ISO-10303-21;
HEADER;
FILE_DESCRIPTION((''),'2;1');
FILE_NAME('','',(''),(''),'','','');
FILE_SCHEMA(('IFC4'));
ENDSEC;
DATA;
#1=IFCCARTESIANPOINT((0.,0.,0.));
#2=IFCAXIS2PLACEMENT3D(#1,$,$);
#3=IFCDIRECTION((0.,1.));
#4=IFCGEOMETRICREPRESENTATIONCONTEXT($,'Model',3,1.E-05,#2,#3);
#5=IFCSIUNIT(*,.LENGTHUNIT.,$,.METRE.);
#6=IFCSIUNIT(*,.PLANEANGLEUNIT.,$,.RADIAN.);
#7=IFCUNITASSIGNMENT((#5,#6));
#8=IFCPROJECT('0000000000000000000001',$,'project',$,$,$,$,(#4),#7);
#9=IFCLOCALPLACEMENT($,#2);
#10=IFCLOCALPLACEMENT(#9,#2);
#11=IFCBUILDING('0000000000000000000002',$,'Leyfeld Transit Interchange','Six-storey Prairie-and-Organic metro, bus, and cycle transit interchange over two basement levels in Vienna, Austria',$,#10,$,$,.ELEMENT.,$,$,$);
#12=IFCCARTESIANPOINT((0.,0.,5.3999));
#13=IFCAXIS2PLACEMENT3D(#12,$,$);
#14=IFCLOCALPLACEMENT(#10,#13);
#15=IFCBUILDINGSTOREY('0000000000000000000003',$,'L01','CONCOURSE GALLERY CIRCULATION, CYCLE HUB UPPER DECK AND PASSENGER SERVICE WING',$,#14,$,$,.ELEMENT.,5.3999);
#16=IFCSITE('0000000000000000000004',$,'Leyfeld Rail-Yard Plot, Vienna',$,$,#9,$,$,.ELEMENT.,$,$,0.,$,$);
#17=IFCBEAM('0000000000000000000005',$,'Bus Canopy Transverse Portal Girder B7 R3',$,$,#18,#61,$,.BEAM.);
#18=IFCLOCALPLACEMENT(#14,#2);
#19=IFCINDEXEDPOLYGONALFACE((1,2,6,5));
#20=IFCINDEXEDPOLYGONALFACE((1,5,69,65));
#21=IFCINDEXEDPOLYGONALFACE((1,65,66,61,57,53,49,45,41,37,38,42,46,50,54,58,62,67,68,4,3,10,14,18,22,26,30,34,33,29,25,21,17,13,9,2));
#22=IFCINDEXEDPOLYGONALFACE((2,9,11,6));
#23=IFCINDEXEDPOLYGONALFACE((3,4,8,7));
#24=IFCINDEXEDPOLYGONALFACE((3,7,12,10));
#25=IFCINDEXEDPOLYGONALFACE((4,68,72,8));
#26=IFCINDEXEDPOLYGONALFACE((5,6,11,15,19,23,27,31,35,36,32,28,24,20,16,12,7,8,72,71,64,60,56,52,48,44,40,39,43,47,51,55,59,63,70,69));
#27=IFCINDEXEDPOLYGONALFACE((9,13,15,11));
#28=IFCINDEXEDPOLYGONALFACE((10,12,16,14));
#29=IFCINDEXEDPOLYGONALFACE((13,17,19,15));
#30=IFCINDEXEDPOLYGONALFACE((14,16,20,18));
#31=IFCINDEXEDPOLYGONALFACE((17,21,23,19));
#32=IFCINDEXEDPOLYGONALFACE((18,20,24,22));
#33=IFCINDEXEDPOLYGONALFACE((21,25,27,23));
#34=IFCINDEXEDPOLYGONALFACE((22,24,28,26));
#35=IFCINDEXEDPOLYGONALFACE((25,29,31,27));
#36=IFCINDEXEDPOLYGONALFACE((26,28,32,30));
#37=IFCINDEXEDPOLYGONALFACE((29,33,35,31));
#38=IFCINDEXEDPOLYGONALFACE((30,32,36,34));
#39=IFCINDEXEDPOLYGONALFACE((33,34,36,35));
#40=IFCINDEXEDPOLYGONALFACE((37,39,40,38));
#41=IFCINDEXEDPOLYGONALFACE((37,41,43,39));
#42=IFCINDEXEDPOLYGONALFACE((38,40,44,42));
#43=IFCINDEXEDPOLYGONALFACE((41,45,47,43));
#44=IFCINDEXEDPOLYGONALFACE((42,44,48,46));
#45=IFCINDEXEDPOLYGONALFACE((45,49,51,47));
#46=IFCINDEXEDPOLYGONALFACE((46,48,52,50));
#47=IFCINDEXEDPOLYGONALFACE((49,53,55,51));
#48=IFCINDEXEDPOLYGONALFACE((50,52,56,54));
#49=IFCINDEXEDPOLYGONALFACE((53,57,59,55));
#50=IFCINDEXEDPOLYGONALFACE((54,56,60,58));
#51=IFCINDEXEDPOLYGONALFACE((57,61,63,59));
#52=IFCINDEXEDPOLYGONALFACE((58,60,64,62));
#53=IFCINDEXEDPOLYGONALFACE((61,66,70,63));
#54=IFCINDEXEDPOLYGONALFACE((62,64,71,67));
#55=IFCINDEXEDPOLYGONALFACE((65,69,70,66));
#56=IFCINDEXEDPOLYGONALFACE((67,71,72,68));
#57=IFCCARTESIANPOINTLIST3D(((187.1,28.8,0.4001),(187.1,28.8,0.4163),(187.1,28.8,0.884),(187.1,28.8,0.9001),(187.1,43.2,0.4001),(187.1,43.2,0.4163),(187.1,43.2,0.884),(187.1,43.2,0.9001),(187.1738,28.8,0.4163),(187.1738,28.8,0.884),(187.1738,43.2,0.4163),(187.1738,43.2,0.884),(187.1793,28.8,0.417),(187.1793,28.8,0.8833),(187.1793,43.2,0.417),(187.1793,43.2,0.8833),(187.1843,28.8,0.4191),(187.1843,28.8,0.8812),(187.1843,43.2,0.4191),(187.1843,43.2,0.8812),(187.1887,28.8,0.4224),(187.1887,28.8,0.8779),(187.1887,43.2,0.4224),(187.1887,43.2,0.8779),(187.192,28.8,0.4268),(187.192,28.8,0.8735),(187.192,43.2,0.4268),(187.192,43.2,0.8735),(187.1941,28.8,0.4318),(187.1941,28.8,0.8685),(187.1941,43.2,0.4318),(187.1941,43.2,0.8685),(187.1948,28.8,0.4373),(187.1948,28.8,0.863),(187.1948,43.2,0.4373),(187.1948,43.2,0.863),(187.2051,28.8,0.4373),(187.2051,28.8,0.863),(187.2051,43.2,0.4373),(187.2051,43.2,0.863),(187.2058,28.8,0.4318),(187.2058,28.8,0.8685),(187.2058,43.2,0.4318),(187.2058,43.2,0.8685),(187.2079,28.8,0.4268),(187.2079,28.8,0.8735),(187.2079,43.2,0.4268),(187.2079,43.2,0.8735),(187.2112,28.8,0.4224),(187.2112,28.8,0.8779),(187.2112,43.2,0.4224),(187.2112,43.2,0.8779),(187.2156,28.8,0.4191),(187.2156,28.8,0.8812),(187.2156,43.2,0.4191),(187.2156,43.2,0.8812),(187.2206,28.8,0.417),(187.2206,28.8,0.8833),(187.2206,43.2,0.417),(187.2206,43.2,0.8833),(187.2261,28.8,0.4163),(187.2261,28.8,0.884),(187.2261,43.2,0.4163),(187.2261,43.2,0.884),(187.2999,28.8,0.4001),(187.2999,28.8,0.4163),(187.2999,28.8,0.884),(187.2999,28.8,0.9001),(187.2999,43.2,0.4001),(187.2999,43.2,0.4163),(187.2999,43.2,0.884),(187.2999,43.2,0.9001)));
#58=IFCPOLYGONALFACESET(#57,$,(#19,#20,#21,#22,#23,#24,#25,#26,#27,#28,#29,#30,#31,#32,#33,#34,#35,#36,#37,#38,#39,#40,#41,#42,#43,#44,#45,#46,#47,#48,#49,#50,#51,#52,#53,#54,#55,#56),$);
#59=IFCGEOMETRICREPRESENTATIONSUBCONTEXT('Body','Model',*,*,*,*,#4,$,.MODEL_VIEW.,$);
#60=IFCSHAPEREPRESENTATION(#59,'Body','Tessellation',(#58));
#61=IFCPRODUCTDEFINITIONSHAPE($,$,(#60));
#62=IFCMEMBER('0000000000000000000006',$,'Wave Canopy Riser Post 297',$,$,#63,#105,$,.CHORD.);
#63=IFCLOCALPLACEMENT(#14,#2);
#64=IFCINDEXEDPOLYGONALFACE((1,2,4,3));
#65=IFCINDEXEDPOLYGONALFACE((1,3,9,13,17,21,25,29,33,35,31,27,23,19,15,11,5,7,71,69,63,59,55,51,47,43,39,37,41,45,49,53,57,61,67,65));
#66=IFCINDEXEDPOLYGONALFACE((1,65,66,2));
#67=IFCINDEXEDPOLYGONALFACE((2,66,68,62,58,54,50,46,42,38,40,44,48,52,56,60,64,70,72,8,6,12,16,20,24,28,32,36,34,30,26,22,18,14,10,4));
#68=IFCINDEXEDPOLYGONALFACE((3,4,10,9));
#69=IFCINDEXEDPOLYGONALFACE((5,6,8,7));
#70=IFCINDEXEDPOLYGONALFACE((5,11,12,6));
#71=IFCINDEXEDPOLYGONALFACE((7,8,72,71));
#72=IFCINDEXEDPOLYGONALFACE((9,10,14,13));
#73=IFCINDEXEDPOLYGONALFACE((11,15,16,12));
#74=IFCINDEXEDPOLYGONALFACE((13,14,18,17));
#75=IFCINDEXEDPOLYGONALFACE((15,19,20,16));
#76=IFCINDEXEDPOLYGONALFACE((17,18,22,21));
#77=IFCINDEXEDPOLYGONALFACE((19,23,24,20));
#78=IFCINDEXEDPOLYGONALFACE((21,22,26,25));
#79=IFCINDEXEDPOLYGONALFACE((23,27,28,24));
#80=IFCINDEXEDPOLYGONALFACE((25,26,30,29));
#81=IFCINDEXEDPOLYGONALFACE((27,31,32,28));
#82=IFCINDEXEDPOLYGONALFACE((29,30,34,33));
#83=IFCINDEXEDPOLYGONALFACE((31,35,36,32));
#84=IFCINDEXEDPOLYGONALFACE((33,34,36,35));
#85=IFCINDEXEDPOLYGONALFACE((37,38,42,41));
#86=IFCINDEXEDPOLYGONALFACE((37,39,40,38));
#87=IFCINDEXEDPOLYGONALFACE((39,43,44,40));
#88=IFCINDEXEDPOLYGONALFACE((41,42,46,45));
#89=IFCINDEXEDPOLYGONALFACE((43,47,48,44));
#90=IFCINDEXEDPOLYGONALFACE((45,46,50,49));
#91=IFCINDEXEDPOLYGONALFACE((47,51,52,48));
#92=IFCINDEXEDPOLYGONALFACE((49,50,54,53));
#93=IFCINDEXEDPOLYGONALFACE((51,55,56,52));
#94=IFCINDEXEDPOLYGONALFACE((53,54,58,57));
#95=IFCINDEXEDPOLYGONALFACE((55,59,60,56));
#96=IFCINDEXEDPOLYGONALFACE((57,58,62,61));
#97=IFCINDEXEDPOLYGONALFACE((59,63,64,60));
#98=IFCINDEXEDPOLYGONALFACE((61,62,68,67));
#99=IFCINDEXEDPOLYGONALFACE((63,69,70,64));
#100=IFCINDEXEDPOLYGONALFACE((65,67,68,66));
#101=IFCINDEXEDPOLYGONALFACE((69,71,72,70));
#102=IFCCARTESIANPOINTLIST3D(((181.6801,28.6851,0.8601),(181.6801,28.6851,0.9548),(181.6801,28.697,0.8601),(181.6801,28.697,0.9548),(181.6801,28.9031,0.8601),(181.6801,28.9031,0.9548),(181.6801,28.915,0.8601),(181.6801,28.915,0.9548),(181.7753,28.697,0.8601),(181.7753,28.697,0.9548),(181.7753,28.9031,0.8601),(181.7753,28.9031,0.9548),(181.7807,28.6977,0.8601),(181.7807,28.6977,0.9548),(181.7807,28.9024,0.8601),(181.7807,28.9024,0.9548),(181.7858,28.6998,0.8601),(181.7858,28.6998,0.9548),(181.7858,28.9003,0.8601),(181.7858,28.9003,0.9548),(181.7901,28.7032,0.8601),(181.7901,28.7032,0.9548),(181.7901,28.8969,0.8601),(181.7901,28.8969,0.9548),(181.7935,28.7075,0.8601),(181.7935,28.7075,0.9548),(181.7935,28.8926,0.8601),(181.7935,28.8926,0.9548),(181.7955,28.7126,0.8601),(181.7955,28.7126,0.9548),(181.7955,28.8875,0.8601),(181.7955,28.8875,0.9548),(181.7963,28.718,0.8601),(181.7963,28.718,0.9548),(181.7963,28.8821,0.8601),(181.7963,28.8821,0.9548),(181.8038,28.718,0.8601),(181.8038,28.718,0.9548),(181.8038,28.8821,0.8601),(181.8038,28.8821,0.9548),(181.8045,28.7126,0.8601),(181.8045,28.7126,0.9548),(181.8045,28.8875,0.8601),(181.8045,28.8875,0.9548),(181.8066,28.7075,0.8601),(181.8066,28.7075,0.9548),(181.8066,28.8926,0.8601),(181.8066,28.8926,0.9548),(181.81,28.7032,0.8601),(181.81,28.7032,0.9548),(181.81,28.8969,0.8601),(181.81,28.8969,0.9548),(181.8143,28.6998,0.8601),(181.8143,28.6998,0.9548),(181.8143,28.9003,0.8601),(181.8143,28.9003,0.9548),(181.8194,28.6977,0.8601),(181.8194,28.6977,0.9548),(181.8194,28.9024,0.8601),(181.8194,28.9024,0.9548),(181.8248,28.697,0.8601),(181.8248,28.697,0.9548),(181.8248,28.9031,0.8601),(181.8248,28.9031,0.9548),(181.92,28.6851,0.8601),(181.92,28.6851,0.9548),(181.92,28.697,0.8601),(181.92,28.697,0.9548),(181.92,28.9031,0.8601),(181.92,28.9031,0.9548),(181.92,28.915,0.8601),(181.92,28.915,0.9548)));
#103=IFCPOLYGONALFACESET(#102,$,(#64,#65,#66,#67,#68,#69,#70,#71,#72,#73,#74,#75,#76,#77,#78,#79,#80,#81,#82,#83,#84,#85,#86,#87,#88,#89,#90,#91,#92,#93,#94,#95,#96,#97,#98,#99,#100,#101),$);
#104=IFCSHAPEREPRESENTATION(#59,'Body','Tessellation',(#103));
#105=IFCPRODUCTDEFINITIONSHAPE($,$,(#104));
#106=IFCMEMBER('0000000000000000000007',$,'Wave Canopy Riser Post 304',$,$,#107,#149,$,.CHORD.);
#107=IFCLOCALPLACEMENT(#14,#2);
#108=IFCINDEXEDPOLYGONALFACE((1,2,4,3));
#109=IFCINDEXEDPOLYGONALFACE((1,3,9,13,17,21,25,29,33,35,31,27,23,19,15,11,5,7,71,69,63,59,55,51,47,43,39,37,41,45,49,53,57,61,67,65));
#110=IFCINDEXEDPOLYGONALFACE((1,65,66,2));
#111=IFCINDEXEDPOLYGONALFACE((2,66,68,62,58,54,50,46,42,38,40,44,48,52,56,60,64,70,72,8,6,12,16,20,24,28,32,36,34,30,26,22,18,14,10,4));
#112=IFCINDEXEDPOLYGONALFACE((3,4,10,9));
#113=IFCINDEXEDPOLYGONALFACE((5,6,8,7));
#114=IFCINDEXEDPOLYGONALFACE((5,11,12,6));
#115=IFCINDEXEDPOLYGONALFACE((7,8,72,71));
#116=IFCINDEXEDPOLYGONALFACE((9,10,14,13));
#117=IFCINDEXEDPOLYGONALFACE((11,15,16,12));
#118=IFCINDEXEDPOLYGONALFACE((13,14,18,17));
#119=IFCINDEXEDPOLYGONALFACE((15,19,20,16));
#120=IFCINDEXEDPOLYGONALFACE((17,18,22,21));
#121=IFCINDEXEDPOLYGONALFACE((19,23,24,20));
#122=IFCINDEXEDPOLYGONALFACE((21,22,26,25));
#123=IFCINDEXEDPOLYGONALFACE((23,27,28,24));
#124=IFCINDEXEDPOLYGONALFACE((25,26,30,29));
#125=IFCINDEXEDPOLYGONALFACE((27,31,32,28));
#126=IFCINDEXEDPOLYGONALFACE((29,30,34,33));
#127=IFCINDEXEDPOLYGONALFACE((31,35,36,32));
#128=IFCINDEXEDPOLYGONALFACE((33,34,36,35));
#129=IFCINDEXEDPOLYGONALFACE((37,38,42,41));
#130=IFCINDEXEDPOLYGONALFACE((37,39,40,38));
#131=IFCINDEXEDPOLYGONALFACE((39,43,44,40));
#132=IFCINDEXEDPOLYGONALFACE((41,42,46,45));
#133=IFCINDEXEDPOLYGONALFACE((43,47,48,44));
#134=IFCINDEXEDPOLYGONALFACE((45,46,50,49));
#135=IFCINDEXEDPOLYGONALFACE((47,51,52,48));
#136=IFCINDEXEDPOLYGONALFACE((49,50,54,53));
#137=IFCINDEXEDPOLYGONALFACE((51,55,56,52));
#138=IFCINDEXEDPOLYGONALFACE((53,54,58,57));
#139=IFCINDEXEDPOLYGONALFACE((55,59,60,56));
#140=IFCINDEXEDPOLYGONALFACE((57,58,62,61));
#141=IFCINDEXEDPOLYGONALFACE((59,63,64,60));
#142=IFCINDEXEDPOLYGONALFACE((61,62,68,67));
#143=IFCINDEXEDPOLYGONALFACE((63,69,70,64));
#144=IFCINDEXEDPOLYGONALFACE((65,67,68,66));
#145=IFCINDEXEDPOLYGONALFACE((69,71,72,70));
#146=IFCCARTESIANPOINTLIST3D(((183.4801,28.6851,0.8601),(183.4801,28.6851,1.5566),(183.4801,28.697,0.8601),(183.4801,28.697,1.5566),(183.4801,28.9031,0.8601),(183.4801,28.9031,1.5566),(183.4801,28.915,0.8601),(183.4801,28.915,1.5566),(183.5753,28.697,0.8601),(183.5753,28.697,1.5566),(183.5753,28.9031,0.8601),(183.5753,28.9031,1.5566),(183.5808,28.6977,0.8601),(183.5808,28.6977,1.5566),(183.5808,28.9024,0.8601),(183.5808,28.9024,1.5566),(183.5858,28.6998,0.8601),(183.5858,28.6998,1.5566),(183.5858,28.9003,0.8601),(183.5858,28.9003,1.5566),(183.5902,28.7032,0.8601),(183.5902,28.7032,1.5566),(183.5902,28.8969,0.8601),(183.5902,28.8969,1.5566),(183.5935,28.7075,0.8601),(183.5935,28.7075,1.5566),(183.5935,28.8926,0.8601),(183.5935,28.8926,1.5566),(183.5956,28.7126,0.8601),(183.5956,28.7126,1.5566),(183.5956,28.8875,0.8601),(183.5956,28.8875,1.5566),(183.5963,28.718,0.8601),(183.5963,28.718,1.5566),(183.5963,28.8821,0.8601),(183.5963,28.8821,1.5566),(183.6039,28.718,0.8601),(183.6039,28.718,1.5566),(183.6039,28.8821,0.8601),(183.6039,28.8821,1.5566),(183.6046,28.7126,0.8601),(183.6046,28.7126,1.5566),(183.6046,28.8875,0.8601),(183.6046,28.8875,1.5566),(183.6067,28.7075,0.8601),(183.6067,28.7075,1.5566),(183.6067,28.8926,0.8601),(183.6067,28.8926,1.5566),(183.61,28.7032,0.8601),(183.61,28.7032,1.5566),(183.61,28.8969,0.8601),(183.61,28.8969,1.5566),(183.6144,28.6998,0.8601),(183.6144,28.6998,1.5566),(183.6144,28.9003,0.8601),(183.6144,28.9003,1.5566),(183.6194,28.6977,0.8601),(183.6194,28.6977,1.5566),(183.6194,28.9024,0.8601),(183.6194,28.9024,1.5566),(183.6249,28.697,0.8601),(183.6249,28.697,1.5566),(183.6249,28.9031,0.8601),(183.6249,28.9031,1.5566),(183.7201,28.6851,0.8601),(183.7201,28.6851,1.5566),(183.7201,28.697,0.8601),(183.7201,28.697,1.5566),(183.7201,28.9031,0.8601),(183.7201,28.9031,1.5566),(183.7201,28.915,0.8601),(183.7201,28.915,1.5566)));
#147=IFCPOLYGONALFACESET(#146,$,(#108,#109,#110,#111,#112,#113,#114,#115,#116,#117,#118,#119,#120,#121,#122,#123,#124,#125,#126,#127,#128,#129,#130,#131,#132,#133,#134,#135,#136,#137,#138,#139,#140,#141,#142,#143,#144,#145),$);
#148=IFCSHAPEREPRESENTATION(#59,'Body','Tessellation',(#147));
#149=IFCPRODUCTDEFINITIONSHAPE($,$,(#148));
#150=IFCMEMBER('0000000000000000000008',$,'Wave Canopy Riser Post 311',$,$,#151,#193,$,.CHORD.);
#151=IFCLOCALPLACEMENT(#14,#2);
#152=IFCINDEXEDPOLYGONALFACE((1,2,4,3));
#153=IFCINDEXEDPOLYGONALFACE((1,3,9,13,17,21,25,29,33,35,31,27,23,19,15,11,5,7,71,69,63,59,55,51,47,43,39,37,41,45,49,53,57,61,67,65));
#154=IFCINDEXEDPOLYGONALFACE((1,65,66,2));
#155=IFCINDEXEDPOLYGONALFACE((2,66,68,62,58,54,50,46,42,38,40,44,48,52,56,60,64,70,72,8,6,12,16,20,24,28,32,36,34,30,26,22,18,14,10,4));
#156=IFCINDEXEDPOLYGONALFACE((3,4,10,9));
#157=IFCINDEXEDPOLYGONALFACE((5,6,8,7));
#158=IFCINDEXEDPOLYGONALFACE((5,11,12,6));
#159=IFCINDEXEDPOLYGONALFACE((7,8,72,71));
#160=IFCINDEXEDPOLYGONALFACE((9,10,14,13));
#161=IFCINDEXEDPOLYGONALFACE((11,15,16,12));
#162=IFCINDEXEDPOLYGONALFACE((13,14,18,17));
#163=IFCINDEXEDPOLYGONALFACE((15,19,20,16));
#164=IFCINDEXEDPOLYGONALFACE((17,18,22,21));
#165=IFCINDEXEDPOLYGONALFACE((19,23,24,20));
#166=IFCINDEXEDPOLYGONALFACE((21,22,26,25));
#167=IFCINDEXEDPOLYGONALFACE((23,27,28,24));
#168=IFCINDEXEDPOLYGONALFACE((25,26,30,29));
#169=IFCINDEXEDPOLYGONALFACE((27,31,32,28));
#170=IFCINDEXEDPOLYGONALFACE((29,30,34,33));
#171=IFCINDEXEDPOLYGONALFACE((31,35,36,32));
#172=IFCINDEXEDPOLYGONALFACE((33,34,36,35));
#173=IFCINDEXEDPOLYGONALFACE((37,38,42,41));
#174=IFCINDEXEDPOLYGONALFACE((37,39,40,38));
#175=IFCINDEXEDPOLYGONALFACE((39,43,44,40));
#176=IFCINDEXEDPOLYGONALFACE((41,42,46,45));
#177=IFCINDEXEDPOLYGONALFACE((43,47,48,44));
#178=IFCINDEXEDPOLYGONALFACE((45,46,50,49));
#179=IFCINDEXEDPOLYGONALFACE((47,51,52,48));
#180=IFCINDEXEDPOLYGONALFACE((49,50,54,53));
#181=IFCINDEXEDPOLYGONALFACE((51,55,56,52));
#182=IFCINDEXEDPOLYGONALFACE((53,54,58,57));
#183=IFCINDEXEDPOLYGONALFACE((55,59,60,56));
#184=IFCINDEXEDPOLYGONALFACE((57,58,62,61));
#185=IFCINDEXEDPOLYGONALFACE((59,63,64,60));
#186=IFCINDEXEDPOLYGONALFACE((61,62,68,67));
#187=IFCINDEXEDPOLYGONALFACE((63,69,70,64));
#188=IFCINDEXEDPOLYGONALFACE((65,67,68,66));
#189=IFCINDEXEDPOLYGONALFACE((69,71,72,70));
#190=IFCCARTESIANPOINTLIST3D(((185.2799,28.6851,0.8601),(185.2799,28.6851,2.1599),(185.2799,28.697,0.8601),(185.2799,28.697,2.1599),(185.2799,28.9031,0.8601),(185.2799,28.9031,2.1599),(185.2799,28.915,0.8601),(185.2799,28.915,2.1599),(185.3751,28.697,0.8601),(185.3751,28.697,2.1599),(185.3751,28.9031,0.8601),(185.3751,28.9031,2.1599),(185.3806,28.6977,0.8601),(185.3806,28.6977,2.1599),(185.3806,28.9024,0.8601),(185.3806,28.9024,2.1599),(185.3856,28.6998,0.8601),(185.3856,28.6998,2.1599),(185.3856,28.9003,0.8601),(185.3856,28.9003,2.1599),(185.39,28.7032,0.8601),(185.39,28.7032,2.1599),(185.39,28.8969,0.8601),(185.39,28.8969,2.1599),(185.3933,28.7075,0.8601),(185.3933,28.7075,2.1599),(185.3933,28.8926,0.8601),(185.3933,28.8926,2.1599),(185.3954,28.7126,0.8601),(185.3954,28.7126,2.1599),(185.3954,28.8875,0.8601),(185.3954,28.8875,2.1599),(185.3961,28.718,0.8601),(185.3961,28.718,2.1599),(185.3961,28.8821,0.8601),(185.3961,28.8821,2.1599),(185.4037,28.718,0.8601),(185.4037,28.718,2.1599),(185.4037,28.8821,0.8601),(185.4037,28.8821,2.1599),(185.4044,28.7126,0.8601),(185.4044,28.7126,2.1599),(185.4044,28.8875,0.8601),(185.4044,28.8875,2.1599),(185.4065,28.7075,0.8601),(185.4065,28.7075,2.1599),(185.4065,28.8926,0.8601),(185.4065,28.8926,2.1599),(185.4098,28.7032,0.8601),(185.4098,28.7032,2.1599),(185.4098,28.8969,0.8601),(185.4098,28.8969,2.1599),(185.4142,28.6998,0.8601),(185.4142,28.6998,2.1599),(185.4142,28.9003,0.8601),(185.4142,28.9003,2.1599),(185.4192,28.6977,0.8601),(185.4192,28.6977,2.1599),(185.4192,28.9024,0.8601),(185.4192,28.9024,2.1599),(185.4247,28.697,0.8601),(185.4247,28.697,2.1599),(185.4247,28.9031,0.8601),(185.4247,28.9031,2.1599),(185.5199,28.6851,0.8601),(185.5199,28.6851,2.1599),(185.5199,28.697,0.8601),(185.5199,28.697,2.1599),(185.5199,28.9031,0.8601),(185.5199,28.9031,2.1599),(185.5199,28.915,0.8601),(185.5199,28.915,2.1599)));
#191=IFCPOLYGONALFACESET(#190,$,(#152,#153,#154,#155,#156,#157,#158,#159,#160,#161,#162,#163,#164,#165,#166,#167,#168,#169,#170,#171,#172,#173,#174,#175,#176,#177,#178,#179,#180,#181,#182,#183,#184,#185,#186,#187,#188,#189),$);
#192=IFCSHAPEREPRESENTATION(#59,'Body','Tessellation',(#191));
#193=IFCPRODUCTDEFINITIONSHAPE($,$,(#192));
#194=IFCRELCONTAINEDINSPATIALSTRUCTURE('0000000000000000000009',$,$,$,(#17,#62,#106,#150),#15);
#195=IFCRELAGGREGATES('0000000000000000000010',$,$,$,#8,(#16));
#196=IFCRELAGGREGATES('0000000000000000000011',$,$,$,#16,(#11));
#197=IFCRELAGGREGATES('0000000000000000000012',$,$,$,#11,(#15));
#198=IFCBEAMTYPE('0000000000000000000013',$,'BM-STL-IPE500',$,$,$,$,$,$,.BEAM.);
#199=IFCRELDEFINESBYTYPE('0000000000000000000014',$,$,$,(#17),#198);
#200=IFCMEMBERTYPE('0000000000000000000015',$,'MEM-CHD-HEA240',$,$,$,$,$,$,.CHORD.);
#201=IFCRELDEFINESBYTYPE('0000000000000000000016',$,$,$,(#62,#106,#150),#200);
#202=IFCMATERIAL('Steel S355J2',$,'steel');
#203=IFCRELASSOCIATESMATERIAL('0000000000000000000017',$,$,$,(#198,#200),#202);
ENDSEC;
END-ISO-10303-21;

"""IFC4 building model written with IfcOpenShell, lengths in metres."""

from ifc_helpers import new_model, si_unit, direction, frame, origin, origin_2d, place, context, subcontext, project, spatial, i_section, extrude, material, material_profile, profile_set, type_object, element, save


model = new_model("IFC4")

# Units and contexts
model_context = context("Model", 3, precision=1e-05, world=origin(), true_north=direction((0.0, 1.0)))
body_context = subcontext(model_context, "Body", "Model", "MODEL_VIEW")
ifc_project = project(units=[si_unit("LENGTHUNIT", "METRE"), si_unit("PLANEANGLEUNIT", "RADIAN")], contexts=[model_context])

# Site, building, storey
site_placement = place(None, origin())
site = spatial("IfcSite", under=ifc_project, at=site_placement, Name="Leyfeld Rail-Yard Plot, Vienna", CompositionType="ELEMENT", RefElevation=0.0)
building_placement = place(site_placement, origin())
building = spatial("IfcBuilding", under=site, at=building_placement, Name="Leyfeld Transit Interchange", Description="Six-storey Prairie-and-Organic metro, bus, and cycle transit interchange over two basement levels in Vienna, Austria", CompositionType="ELEMENT")
storey_placement = place(building_placement, frame((0.0, 0.0, 5.3999)))
storey = spatial("IfcBuildingStorey", under=building, at=storey_placement, Name="L01", Description="CONCOURSE GALLERY CIRCULATION, CYCLE HUB UPPER DECK AND PASSENGER SERVICE WING", CompositionType="ELEMENT", Elevation=5.3999)

# Beam
ifc_material_1 = material(Name="Steel S355J2", Category="steel")
ifc_material_profile_1 = material_profile(ifc_material_1, i_section(OverallWidth=0.2, OverallDepth=0.5, WebThickness=0.0103, FlangeThickness=0.0161, FilletRadius=0.021, at=origin_2d()), Name="IPE 500")
ifc_profile_set_1 = profile_set([ifc_material_profile_1], Name="Steel S355J2")
beam_type = type_object("IfcBeamType", Name="BM-STL-IPE500", PredefinedType="BEAM", material=ifc_profile_set_1)
beam_placement = place(storey_placement, frame((187.2, 28.8, 0.6501), z_axis=(0.0, 1.0, 0.0), x_axis=(-1.0, 0.0, 0.0)))
element("IfcBeam", 1, at=beam_placement, inside=storey, type_object=beam_type, Name="Bus Canopy Transverse Portal Girder B7 R3", PredefinedType="BEAM", context=body_context, shape_type="SweptSolid", body=[
    extrude(i_section(OverallWidth=0.2, OverallDepth=0.5, WebThickness=0.0103, FlangeThickness=0.0161, FilletRadius=0.021, at=origin_2d()), origin(), (0.0, 0.0, 1.0), 14.3999),
])

# Members
ifc_material_profile_2 = material_profile(ifc_material_1, i_section(OverallWidth=0.24, OverallDepth=0.23, WebThickness=0.0076, FlangeThickness=0.012, FilletRadius=0.021, at=origin_2d()), Name="HEA 240")
ifc_profile_set_2 = profile_set([ifc_material_profile_2], Name="Steel S355J2")
member_type_1 = type_object("IfcMemberType", Name="MEM-CHD-HEA240", PredefinedType="CHORD", material=ifc_profile_set_2)
member_1_placement = place(storey_placement, frame((181.8, 28.8, 0.8601), z_axis=(0.0, 0.0, 1.0), x_axis=(1.0, 0.0, 0.0)))
element("IfcMember", 2, at=member_1_placement, inside=storey, type_object=member_type_1, Name="Wave Canopy Riser Post 297", PredefinedType="CHORD", context=body_context, shape_type="SweptSolid", body=[
    extrude(i_section(OverallWidth=0.24, OverallDepth=0.23, WebThickness=0.0076, FlangeThickness=0.012, FilletRadius=0.021, at=origin_2d()), origin(), (0.0, 0.0, 1.0), 0.0947),
])
member_2_placement = place(storey_placement, frame((183.6001, 28.8, 0.8601), z_axis=(0.0, 0.0, 1.0), x_axis=(1.0, 0.0, 0.0)))
element("IfcMember", 3, at=member_2_placement, inside=storey, type_object=member_type_1, Name="Wave Canopy Riser Post 304", PredefinedType="CHORD", context=body_context, shape_type="SweptSolid", body=[
    extrude(i_section(OverallWidth=0.24, OverallDepth=0.23, WebThickness=0.0076, FlangeThickness=0.012, FilletRadius=0.021, at=origin_2d()), origin(), (0.0, 0.0, 1.0), 0.6965),
])
member_3_placement = place(storey_placement, frame((185.3999, 28.8, 0.8601), z_axis=(0.0, 0.0, 1.0), x_axis=(1.0, 0.0, 0.0)))
element("IfcMember", 4, at=member_3_placement, inside=storey, type_object=member_type_1, Name="Wave Canopy Riser Post 311", PredefinedType="CHORD", context=body_context, shape_type="SweptSolid", body=[
    extrude(i_section(OverallWidth=0.24, OverallDepth=0.23, WebThickness=0.0076, FlangeThickness=0.012, FilletRadius=0.021, at=origin_2d()), origin(), (0.0, 0.0, 1.0), 1.2998),
])

save(model, "model.ifc")
